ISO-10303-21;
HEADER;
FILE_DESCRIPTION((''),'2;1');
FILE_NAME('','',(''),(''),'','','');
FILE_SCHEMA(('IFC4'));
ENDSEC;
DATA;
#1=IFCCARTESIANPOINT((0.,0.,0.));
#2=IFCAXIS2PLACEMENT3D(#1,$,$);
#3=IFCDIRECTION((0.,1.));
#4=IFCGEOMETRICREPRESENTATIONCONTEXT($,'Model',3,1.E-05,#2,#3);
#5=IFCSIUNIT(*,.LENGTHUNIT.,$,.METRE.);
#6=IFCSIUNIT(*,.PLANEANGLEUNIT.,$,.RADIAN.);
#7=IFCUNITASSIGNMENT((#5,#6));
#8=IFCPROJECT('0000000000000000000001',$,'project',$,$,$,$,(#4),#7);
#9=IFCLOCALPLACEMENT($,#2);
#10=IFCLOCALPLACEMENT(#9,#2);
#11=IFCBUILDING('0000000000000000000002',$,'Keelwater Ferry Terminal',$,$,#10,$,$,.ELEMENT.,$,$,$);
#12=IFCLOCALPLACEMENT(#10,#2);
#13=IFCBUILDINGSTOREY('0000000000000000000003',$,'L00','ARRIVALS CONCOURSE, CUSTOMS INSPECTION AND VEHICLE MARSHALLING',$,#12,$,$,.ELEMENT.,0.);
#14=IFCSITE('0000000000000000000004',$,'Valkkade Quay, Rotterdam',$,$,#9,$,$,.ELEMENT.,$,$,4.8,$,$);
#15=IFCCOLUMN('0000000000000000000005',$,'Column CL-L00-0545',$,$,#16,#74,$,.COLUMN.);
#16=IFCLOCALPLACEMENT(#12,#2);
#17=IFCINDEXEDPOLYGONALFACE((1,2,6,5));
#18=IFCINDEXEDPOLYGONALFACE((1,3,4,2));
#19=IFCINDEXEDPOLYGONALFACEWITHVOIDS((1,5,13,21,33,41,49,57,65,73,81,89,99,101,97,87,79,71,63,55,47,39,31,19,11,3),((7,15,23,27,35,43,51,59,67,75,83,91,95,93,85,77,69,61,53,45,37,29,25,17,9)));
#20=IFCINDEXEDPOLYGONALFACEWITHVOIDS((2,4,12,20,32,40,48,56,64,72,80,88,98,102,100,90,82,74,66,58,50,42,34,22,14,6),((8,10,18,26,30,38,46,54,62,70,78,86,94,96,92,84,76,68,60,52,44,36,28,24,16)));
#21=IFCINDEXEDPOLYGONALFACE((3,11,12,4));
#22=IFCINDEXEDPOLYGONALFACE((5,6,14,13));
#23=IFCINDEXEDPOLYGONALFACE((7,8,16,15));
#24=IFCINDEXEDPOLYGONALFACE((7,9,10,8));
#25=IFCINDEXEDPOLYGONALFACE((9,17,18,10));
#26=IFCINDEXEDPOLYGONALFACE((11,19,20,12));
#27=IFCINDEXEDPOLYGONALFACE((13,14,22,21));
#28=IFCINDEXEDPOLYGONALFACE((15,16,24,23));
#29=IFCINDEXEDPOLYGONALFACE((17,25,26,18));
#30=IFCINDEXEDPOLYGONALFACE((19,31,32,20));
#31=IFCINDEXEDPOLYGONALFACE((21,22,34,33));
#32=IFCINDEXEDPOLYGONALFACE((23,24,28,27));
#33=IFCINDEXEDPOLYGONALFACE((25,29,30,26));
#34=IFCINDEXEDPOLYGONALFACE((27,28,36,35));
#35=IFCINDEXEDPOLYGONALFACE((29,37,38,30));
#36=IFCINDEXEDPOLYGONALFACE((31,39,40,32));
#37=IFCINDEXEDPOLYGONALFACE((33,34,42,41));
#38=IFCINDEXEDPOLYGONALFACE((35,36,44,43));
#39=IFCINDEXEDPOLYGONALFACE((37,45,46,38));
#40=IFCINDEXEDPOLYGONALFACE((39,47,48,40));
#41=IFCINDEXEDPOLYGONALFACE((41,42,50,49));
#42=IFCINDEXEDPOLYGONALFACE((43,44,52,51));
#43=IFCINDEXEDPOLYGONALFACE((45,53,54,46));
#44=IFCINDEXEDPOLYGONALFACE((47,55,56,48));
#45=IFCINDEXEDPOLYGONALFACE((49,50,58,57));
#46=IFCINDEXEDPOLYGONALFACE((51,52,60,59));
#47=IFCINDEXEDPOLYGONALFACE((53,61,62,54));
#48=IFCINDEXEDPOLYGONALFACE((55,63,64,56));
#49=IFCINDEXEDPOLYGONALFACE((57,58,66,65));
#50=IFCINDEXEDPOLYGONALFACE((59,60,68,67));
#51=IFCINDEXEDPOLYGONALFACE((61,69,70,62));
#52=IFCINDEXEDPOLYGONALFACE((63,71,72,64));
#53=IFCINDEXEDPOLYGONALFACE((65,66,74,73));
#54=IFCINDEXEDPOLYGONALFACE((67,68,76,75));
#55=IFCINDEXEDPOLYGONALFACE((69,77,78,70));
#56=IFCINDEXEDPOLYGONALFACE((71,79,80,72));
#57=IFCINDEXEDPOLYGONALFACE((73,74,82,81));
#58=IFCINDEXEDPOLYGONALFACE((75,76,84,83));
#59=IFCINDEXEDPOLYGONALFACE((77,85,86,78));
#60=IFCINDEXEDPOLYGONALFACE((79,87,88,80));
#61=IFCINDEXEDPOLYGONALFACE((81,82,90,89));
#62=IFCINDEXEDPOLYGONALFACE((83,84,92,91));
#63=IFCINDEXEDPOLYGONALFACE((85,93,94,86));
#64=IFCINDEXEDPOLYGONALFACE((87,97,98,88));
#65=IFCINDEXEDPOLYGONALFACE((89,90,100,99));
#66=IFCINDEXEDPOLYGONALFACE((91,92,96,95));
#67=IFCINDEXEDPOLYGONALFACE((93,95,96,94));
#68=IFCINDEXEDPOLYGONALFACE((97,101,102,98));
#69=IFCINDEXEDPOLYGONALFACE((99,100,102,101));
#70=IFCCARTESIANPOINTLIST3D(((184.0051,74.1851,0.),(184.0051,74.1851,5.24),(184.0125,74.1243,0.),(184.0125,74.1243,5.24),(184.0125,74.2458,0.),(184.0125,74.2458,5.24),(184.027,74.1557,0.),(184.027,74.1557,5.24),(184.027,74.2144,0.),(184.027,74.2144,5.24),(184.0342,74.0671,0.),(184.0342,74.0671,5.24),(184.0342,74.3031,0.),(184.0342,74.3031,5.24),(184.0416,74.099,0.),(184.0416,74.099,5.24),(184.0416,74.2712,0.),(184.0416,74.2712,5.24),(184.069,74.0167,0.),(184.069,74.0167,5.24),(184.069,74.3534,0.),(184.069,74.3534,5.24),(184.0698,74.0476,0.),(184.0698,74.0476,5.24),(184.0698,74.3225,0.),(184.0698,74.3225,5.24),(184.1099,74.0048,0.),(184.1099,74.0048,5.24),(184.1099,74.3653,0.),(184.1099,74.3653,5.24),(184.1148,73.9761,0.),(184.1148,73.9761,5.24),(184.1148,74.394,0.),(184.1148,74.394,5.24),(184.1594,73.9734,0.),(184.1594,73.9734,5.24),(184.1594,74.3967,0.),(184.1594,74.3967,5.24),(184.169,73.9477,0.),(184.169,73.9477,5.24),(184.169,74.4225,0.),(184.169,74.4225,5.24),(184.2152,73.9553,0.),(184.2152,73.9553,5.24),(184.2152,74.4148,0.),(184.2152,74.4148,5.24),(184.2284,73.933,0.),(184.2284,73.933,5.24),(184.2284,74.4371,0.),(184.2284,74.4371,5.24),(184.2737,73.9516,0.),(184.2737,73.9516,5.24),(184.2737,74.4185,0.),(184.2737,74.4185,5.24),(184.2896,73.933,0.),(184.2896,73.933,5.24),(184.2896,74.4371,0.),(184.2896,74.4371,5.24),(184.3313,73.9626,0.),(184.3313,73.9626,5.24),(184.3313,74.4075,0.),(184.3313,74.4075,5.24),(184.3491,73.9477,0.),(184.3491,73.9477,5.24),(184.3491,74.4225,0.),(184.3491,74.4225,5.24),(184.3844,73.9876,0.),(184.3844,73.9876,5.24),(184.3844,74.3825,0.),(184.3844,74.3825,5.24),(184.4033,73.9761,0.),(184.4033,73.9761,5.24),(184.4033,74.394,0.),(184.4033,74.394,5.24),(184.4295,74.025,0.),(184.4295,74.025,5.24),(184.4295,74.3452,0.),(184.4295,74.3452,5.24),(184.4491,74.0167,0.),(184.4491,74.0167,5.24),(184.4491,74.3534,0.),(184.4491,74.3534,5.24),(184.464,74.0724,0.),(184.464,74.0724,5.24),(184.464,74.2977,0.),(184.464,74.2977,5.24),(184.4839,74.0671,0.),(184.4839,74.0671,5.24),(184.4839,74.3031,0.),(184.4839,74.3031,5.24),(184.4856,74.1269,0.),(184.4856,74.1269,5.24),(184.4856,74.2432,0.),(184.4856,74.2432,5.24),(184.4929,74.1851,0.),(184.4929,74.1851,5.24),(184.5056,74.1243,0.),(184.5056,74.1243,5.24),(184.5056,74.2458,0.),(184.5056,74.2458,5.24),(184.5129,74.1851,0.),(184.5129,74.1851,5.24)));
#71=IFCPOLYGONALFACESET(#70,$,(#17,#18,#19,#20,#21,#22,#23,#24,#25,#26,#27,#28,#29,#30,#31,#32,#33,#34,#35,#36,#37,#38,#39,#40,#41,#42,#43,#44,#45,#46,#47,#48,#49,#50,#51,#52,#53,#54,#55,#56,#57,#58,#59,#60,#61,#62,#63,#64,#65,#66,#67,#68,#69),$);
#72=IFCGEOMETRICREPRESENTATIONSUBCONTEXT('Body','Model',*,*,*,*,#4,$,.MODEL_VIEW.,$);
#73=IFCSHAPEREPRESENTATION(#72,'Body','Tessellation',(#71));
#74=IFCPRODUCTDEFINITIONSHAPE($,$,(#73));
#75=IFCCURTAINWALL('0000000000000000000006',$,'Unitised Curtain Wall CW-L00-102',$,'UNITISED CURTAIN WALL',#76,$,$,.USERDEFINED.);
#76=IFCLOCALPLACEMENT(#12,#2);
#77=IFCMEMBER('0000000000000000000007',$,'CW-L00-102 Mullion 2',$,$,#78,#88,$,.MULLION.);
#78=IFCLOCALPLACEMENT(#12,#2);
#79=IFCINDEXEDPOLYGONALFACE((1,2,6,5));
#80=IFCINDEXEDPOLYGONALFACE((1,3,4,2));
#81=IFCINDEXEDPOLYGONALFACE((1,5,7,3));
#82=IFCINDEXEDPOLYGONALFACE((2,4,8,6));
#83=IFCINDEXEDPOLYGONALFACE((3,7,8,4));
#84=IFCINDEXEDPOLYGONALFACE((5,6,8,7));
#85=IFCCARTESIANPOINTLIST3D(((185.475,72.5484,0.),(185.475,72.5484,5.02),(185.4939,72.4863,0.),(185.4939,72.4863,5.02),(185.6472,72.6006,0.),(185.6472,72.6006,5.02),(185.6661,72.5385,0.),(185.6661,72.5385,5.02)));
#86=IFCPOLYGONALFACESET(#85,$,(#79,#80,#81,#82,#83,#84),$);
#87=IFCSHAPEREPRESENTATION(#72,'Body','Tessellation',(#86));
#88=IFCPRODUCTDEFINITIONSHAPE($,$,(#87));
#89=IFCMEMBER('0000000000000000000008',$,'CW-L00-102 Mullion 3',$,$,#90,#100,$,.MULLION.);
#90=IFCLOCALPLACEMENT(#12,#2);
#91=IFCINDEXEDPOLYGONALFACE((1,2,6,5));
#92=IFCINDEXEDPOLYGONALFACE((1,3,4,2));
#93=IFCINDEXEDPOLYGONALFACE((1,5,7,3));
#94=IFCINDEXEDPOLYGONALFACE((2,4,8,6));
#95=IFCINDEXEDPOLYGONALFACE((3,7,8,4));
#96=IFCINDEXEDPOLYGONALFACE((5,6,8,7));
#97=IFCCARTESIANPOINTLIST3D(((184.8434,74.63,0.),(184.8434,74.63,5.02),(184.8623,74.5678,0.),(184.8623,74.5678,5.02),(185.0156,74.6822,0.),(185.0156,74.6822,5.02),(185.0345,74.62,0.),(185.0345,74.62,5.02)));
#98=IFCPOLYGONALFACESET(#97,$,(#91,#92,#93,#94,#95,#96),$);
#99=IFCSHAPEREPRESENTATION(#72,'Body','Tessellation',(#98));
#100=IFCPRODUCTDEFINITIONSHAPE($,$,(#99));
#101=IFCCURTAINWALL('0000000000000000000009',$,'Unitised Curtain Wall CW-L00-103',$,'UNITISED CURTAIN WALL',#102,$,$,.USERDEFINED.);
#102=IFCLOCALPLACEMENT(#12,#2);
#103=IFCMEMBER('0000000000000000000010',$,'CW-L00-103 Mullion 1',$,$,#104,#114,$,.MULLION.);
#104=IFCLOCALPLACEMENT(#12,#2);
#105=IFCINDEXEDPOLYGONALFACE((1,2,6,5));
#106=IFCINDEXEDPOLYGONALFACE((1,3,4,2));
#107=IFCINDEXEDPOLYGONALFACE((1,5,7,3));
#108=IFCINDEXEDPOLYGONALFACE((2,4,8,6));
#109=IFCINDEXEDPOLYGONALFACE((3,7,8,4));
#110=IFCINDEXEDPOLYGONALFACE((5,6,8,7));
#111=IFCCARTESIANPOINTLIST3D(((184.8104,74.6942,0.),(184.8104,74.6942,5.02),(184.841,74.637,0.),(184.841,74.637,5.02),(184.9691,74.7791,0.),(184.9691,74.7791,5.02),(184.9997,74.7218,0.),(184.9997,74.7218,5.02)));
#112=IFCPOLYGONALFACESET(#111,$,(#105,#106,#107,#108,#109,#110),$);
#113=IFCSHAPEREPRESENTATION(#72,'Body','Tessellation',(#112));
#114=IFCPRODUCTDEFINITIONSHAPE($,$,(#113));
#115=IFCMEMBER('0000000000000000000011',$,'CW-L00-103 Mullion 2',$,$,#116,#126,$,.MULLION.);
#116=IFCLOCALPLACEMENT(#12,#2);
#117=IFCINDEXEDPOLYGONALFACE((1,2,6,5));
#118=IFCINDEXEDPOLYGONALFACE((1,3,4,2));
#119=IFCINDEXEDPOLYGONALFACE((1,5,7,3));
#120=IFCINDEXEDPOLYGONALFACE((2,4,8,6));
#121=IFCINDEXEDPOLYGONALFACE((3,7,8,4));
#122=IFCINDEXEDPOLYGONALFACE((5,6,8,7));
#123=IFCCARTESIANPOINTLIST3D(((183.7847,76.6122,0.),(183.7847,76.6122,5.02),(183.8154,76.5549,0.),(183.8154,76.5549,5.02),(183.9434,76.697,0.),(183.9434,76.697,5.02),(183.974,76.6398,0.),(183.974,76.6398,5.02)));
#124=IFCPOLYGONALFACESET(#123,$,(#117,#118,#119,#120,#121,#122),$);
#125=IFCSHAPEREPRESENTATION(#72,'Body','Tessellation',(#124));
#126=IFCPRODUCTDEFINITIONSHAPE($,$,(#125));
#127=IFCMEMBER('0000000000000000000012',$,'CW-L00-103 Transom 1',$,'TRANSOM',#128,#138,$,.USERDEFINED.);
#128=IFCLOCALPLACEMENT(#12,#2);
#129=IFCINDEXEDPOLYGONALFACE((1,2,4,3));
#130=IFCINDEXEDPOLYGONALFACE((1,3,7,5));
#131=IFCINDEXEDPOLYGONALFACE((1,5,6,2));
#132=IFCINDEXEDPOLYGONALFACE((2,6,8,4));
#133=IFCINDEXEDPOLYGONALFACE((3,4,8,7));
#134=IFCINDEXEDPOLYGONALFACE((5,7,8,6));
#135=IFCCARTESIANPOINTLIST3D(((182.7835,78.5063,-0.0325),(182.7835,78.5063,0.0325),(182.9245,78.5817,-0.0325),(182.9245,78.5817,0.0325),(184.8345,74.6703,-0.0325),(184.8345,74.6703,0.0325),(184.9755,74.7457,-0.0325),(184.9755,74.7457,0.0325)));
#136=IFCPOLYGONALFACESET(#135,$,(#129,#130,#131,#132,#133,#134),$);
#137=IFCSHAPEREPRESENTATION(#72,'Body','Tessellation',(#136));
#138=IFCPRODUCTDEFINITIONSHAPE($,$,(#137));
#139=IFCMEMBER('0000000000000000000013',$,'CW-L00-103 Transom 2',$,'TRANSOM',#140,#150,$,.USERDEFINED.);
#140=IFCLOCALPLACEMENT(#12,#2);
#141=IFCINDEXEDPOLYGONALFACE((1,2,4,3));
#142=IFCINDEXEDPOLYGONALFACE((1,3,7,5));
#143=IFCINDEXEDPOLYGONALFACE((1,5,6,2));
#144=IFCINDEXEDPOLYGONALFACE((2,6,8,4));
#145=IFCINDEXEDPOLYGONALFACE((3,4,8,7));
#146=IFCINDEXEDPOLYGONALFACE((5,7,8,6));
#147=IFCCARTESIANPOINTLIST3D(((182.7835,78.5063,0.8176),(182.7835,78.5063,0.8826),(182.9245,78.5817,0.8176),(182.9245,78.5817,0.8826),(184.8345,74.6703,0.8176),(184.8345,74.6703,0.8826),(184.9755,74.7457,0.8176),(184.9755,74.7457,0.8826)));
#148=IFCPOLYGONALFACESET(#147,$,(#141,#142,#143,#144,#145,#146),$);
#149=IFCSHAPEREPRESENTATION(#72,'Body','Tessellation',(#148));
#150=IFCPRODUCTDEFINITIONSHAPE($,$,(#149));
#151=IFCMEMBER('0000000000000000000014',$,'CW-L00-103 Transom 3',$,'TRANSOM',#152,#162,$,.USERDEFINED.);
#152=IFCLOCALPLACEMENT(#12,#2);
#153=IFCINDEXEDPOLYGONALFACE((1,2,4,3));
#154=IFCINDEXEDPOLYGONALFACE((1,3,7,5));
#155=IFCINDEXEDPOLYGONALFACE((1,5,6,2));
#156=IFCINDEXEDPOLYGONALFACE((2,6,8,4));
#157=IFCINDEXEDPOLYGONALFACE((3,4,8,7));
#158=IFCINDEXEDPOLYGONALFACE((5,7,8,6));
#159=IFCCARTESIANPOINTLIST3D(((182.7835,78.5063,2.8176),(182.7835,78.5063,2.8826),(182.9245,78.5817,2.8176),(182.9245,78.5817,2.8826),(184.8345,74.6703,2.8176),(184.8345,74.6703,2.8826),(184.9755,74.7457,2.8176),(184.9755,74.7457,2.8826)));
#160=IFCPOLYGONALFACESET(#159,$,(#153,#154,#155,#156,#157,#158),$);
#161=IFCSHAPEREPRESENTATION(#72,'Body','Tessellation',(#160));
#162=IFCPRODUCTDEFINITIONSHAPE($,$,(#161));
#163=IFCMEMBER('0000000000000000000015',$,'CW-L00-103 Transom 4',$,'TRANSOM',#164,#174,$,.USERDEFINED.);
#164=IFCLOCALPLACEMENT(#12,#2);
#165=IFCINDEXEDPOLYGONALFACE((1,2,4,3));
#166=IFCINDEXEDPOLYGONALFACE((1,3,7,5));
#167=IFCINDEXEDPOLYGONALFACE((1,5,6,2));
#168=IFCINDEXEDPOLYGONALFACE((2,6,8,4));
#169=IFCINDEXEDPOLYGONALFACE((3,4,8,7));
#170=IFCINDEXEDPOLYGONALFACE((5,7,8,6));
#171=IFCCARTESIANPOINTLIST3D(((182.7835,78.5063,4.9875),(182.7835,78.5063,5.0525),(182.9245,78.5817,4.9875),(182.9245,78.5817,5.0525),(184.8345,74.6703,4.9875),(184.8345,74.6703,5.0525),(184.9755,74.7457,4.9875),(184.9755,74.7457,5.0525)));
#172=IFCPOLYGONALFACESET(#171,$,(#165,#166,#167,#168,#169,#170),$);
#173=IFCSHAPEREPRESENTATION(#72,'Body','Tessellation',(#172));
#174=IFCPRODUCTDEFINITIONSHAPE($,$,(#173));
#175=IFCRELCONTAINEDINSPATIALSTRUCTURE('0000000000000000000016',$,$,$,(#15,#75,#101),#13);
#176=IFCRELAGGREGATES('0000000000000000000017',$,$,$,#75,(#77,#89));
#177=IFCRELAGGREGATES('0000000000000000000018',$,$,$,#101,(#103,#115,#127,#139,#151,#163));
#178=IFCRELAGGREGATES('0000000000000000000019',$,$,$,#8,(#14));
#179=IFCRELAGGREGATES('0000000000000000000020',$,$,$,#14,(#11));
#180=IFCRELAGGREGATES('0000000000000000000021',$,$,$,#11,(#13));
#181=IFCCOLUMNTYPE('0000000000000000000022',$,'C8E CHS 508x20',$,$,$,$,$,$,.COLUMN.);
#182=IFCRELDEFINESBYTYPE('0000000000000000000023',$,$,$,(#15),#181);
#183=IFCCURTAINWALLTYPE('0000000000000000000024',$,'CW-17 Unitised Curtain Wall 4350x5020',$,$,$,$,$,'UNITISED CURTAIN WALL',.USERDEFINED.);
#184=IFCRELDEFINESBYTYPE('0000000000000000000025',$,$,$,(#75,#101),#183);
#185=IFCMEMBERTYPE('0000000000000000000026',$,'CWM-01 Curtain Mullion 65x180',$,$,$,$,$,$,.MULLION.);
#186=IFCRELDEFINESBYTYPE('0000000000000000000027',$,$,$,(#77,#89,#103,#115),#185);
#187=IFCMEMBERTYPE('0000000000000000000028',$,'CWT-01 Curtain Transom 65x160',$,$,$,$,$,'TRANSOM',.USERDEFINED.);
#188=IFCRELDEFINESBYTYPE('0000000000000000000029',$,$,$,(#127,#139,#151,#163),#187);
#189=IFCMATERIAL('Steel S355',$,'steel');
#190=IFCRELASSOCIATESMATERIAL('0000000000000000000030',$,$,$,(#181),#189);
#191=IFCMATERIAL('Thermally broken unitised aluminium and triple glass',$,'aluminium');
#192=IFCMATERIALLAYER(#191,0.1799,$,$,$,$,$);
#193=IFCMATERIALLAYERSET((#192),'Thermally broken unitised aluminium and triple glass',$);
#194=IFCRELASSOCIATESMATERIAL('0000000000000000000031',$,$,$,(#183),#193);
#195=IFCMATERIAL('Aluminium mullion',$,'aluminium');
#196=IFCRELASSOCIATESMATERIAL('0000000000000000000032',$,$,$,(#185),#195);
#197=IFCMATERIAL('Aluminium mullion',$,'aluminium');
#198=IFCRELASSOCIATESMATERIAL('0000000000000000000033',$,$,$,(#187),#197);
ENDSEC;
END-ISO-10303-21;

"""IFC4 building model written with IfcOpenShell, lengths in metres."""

from ifc_helpers import new_model, si_unit, direction, frame, origin, origin_2d, place, context, subcontext, project, spatial, rectangle, hollow_circle, extrude, material, layer, layer_set, material_profile, profile_set, type_object, element, aggregate, save


model = new_model("IFC4")

# Units and contexts
model_context = context("Model", 3, precision=1e-05, world=origin(), true_north=direction((0.0, 1.0)))
body_context = subcontext(model_context, "Body", "Model", "MODEL_VIEW")
ifc_project = project(units=[si_unit("LENGTHUNIT", "METRE"), si_unit("PLANEANGLEUNIT", "RADIAN")], contexts=[model_context])

# Site, building, storey
site_placement = place(None, origin())
site = spatial("IfcSite", under=ifc_project, at=site_placement, Name="Valkkade Quay, Rotterdam", CompositionType="ELEMENT", RefElevation=4.8)
building_placement = place(site_placement, origin())
building = spatial("IfcBuilding", under=site, at=building_placement, Name="Keelwater Ferry Terminal", CompositionType="ELEMENT")
storey_placement = place(building_placement, origin())
storey = spatial("IfcBuildingStorey", under=building, at=storey_placement, Name="L00", Description="ARRIVALS CONCOURSE, CUSTOMS INSPECTION AND VEHICLE MARSHALLING", CompositionType="ELEMENT", Elevation=0.0)

# Column
ifc_material_1 = material(Name="Steel S355", Category="steel")
ifc_material_profile_1 = material_profile(ifc_material_1, hollow_circle(Radius=0.2539, WallThickness=0.02, at=origin_2d()), Name="CHS 508x20")
ifc_profile_set_1 = profile_set([ifc_material_profile_1], Name="Steel S355")
column_type = type_object("IfcColumnType", Name="C8E CHS 508x20", PredefinedType="COLUMN", material=ifc_profile_set_1)
column_placement = place(storey_placement, frame((184.259, 74.1851, 0.0), z_axis=(0.0, 0.0, 1.0), x_axis=(1.0, 0.0, 0.0)))
element("IfcColumn", 1, at=column_placement, inside=storey, type_object=column_type, Name="Column CL-L00-0545", PredefinedType="COLUMN", context=body_context, shape_type="SweptSolid", body=[
    extrude(hollow_circle(Radius=0.2539, WallThickness=0.02, at=origin_2d()), origin(), (0.0, 0.0, 1.0), 5.24),
])

# Curtain walls, members
ifc_material_2 = material(Name="Thermally broken unitised aluminium and triple glass", Category="aluminium")
ifc_layer_1 = layer(ifc_material_2, 0.1799)
ifc_layer_set_1 = layer_set([ifc_layer_1], Name="Thermally broken unitised aluminium and triple glass")
curtain_wall_type = type_object("IfcCurtainWallType", Name="CW-17 Unitised Curtain Wall 4350x5020", ElementType="UNITISED CURTAIN WALL", PredefinedType="USERDEFINED", material=ifc_layer_set_1)
curtain_wall_1_placement = place(storey_placement, origin())
curtain_wall_1 = element("IfcCurtainWall", 2, at=curtain_wall_1_placement, inside=storey, type_object=curtain_wall_type, Name="Unitised Curtain Wall CW-L00-102", ObjectType="UNITISED CURTAIN WALL", PredefinedType="USERDEFINED")
ifc_material_3 = material(Name="Aluminium mullion", Category="aluminium")
ifc_material_profile_2 = material_profile(ifc_material_3, rectangle(XDim=0.0649, YDim=0.1799, at=origin_2d()), Name="CWM-01")
ifc_profile_set_2 = profile_set([ifc_material_profile_2], Name="Aluminium mullion")
member_type_1 = type_object("IfcMemberType", Name="CWM-01 Curtain Mullion 65x180", PredefinedType="MULLION", material=ifc_profile_set_2)
member_1_placement = place(storey_placement, frame((185.5706, 72.5435, 0.0), z_axis=(0.0, 0.0, 1.0), x_axis=(-0.29032, 0.95693, 0.0)))
member_1 = element("IfcMember", 3, at=member_1_placement, type_object=member_type_1, Name="CW-L00-102 Mullion 2", PredefinedType="MULLION", context=body_context, shape_type="SweptSolid", body=[
    extrude(rectangle(XDim=0.0649, YDim=0.1799, at=origin_2d()), origin(), (0.0, 0.0, 1.0), 5.02),
])
member_2_placement = place(storey_placement, frame((184.939, 74.625, 0.0), z_axis=(0.0, 0.0, 1.0), x_axis=(-0.29032, 0.95693, 0.0)))
member_2 = element("IfcMember", 4, at=member_2_placement, type_object=member_type_1, Name="CW-L00-102 Mullion 3", PredefinedType="MULLION", context=body_context, shape_type="SweptSolid", body=[
    extrude(rectangle(XDim=0.0649, YDim=0.1799, at=origin_2d()), origin(), (0.0, 0.0, 1.0), 5.02),
])
curtain_wall_2_placement = place(storey_placement, origin())
curtain_wall_2 = element("IfcCurtainWall", 5, at=curtain_wall_2_placement, inside=storey, type_object=curtain_wall_type, Name="Unitised Curtain Wall CW-L00-103", ObjectType="UNITISED CURTAIN WALL", PredefinedType="USERDEFINED")
member_3_placement = place(storey_placement, frame((184.905, 74.708, 0.0), z_axis=(0.0, 0.0, 1.0), x_axis=(-0.471507, 0.881862, 0.0)))
member_3 = element("IfcMember", 6, at=member_3_placement, type_object=member_type_1, Name="CW-L00-103 Mullion 1", PredefinedType="MULLION", context=body_context, shape_type="SweptSolid", body=[
    extrude(rectangle(XDim=0.0649, YDim=0.1799, at=origin_2d()), origin(), (0.0, 0.0, 1.0), 5.02),
])
member_4_placement = place(storey_placement, frame((183.8794, 76.626, 0.0), z_axis=(0.0, 0.0, 1.0), x_axis=(-0.471507, 0.881862, 0.0)))
member_4 = element("IfcMember", 7, at=member_4_placement, type_object=member_type_1, Name="CW-L00-103 Mullion 2", PredefinedType="MULLION", context=body_context, shape_type="SweptSolid", body=[
    extrude(rectangle(XDim=0.0649, YDim=0.1799, at=origin_2d()), origin(), (0.0, 0.0, 1.0), 5.02),
])
ifc_material_4 = material(Name="Aluminium mullion", Category="aluminium")
ifc_material_profile_3 = material_profile(ifc_material_4, rectangle(XDim=0.1599, YDim=0.0649, at=origin_2d()), Name="CWT-01")
ifc_profile_set_3 = profile_set([ifc_material_profile_3], Name="Aluminium mullion")
member_type_2 = type_object("IfcMemberType", Name="CWT-01 Curtain Transom 65x160", ElementType="TRANSOM", PredefinedType="USERDEFINED", material=ifc_profile_set_3)
member_5_placement = place(storey_placement, frame((184.905, 74.708, 0.0), z_axis=(-0.471517, 0.881857, 0.0), x_axis=(-0.881857, -0.471517, 0.0)))
member_5 = element("IfcMember", 8, at=member_5_placement, type_object=member_type_2, Name="CW-L00-103 Transom 1", ObjectType="TRANSOM", PredefinedType="USERDEFINED", context=body_context, shape_type="SweptSolid", body=[
    extrude(rectangle(XDim=0.1599, YDim=0.0649, at=origin_2d()), origin(), (0.0, 0.0, 1.0), 4.3499),
])
member_6_placement = place(storey_placement, frame((184.905, 74.708, 0.8501), z_axis=(-0.471517, 0.881857, 0.0), x_axis=(-0.881857, -0.471517, 0.0)))
member_6 = element("IfcMember", 9, at=member_6_placement, type_object=member_type_2, Name="CW-L00-103 Transom 2", ObjectType="TRANSOM", PredefinedType="USERDEFINED", context=body_context, shape_type="SweptSolid", body=[
    extrude(rectangle(XDim=0.1599, YDim=0.0649, at=origin_2d()), origin(), (0.0, 0.0, 1.0), 4.3499),
])
member_7_placement = place(storey_placement, frame((184.905, 74.708, 2.8501), z_axis=(-0.471517, 0.881857, 0.0), x_axis=(-0.881857, -0.471517, 0.0)))
member_7 = element("IfcMember", 10, at=member_7_placement, type_object=member_type_2, Name="CW-L00-103 Transom 3", ObjectType="TRANSOM", PredefinedType="USERDEFINED", context=body_context, shape_type="SweptSolid", body=[
    extrude(rectangle(XDim=0.1599, YDim=0.0649, at=origin_2d()), origin(), (0.0, 0.0, 1.0), 4.3499),
])
member_8_placement = place(storey_placement, frame((184.905, 74.708, 5.02), z_axis=(-0.471517, 0.881857, 0.0), x_axis=(-0.881857, -0.471517, 0.0)))
member_8 = element("IfcMember", 11, at=member_8_placement, type_object=member_type_2, Name="CW-L00-103 Transom 4", ObjectType="TRANSOM", PredefinedType="USERDEFINED", context=body_context, shape_type="SweptSolid", body=[
    extrude(rectangle(XDim=0.1599, YDim=0.0649, at=origin_2d()), origin(), (0.0, 0.0, 1.0), 4.3499),
])

aggregate(curtain_wall_1, [member_1, member_2])
aggregate(curtain_wall_2, [member_3, member_4, member_5, member_6, member_7, member_8])

save(model, "model.ifc")
